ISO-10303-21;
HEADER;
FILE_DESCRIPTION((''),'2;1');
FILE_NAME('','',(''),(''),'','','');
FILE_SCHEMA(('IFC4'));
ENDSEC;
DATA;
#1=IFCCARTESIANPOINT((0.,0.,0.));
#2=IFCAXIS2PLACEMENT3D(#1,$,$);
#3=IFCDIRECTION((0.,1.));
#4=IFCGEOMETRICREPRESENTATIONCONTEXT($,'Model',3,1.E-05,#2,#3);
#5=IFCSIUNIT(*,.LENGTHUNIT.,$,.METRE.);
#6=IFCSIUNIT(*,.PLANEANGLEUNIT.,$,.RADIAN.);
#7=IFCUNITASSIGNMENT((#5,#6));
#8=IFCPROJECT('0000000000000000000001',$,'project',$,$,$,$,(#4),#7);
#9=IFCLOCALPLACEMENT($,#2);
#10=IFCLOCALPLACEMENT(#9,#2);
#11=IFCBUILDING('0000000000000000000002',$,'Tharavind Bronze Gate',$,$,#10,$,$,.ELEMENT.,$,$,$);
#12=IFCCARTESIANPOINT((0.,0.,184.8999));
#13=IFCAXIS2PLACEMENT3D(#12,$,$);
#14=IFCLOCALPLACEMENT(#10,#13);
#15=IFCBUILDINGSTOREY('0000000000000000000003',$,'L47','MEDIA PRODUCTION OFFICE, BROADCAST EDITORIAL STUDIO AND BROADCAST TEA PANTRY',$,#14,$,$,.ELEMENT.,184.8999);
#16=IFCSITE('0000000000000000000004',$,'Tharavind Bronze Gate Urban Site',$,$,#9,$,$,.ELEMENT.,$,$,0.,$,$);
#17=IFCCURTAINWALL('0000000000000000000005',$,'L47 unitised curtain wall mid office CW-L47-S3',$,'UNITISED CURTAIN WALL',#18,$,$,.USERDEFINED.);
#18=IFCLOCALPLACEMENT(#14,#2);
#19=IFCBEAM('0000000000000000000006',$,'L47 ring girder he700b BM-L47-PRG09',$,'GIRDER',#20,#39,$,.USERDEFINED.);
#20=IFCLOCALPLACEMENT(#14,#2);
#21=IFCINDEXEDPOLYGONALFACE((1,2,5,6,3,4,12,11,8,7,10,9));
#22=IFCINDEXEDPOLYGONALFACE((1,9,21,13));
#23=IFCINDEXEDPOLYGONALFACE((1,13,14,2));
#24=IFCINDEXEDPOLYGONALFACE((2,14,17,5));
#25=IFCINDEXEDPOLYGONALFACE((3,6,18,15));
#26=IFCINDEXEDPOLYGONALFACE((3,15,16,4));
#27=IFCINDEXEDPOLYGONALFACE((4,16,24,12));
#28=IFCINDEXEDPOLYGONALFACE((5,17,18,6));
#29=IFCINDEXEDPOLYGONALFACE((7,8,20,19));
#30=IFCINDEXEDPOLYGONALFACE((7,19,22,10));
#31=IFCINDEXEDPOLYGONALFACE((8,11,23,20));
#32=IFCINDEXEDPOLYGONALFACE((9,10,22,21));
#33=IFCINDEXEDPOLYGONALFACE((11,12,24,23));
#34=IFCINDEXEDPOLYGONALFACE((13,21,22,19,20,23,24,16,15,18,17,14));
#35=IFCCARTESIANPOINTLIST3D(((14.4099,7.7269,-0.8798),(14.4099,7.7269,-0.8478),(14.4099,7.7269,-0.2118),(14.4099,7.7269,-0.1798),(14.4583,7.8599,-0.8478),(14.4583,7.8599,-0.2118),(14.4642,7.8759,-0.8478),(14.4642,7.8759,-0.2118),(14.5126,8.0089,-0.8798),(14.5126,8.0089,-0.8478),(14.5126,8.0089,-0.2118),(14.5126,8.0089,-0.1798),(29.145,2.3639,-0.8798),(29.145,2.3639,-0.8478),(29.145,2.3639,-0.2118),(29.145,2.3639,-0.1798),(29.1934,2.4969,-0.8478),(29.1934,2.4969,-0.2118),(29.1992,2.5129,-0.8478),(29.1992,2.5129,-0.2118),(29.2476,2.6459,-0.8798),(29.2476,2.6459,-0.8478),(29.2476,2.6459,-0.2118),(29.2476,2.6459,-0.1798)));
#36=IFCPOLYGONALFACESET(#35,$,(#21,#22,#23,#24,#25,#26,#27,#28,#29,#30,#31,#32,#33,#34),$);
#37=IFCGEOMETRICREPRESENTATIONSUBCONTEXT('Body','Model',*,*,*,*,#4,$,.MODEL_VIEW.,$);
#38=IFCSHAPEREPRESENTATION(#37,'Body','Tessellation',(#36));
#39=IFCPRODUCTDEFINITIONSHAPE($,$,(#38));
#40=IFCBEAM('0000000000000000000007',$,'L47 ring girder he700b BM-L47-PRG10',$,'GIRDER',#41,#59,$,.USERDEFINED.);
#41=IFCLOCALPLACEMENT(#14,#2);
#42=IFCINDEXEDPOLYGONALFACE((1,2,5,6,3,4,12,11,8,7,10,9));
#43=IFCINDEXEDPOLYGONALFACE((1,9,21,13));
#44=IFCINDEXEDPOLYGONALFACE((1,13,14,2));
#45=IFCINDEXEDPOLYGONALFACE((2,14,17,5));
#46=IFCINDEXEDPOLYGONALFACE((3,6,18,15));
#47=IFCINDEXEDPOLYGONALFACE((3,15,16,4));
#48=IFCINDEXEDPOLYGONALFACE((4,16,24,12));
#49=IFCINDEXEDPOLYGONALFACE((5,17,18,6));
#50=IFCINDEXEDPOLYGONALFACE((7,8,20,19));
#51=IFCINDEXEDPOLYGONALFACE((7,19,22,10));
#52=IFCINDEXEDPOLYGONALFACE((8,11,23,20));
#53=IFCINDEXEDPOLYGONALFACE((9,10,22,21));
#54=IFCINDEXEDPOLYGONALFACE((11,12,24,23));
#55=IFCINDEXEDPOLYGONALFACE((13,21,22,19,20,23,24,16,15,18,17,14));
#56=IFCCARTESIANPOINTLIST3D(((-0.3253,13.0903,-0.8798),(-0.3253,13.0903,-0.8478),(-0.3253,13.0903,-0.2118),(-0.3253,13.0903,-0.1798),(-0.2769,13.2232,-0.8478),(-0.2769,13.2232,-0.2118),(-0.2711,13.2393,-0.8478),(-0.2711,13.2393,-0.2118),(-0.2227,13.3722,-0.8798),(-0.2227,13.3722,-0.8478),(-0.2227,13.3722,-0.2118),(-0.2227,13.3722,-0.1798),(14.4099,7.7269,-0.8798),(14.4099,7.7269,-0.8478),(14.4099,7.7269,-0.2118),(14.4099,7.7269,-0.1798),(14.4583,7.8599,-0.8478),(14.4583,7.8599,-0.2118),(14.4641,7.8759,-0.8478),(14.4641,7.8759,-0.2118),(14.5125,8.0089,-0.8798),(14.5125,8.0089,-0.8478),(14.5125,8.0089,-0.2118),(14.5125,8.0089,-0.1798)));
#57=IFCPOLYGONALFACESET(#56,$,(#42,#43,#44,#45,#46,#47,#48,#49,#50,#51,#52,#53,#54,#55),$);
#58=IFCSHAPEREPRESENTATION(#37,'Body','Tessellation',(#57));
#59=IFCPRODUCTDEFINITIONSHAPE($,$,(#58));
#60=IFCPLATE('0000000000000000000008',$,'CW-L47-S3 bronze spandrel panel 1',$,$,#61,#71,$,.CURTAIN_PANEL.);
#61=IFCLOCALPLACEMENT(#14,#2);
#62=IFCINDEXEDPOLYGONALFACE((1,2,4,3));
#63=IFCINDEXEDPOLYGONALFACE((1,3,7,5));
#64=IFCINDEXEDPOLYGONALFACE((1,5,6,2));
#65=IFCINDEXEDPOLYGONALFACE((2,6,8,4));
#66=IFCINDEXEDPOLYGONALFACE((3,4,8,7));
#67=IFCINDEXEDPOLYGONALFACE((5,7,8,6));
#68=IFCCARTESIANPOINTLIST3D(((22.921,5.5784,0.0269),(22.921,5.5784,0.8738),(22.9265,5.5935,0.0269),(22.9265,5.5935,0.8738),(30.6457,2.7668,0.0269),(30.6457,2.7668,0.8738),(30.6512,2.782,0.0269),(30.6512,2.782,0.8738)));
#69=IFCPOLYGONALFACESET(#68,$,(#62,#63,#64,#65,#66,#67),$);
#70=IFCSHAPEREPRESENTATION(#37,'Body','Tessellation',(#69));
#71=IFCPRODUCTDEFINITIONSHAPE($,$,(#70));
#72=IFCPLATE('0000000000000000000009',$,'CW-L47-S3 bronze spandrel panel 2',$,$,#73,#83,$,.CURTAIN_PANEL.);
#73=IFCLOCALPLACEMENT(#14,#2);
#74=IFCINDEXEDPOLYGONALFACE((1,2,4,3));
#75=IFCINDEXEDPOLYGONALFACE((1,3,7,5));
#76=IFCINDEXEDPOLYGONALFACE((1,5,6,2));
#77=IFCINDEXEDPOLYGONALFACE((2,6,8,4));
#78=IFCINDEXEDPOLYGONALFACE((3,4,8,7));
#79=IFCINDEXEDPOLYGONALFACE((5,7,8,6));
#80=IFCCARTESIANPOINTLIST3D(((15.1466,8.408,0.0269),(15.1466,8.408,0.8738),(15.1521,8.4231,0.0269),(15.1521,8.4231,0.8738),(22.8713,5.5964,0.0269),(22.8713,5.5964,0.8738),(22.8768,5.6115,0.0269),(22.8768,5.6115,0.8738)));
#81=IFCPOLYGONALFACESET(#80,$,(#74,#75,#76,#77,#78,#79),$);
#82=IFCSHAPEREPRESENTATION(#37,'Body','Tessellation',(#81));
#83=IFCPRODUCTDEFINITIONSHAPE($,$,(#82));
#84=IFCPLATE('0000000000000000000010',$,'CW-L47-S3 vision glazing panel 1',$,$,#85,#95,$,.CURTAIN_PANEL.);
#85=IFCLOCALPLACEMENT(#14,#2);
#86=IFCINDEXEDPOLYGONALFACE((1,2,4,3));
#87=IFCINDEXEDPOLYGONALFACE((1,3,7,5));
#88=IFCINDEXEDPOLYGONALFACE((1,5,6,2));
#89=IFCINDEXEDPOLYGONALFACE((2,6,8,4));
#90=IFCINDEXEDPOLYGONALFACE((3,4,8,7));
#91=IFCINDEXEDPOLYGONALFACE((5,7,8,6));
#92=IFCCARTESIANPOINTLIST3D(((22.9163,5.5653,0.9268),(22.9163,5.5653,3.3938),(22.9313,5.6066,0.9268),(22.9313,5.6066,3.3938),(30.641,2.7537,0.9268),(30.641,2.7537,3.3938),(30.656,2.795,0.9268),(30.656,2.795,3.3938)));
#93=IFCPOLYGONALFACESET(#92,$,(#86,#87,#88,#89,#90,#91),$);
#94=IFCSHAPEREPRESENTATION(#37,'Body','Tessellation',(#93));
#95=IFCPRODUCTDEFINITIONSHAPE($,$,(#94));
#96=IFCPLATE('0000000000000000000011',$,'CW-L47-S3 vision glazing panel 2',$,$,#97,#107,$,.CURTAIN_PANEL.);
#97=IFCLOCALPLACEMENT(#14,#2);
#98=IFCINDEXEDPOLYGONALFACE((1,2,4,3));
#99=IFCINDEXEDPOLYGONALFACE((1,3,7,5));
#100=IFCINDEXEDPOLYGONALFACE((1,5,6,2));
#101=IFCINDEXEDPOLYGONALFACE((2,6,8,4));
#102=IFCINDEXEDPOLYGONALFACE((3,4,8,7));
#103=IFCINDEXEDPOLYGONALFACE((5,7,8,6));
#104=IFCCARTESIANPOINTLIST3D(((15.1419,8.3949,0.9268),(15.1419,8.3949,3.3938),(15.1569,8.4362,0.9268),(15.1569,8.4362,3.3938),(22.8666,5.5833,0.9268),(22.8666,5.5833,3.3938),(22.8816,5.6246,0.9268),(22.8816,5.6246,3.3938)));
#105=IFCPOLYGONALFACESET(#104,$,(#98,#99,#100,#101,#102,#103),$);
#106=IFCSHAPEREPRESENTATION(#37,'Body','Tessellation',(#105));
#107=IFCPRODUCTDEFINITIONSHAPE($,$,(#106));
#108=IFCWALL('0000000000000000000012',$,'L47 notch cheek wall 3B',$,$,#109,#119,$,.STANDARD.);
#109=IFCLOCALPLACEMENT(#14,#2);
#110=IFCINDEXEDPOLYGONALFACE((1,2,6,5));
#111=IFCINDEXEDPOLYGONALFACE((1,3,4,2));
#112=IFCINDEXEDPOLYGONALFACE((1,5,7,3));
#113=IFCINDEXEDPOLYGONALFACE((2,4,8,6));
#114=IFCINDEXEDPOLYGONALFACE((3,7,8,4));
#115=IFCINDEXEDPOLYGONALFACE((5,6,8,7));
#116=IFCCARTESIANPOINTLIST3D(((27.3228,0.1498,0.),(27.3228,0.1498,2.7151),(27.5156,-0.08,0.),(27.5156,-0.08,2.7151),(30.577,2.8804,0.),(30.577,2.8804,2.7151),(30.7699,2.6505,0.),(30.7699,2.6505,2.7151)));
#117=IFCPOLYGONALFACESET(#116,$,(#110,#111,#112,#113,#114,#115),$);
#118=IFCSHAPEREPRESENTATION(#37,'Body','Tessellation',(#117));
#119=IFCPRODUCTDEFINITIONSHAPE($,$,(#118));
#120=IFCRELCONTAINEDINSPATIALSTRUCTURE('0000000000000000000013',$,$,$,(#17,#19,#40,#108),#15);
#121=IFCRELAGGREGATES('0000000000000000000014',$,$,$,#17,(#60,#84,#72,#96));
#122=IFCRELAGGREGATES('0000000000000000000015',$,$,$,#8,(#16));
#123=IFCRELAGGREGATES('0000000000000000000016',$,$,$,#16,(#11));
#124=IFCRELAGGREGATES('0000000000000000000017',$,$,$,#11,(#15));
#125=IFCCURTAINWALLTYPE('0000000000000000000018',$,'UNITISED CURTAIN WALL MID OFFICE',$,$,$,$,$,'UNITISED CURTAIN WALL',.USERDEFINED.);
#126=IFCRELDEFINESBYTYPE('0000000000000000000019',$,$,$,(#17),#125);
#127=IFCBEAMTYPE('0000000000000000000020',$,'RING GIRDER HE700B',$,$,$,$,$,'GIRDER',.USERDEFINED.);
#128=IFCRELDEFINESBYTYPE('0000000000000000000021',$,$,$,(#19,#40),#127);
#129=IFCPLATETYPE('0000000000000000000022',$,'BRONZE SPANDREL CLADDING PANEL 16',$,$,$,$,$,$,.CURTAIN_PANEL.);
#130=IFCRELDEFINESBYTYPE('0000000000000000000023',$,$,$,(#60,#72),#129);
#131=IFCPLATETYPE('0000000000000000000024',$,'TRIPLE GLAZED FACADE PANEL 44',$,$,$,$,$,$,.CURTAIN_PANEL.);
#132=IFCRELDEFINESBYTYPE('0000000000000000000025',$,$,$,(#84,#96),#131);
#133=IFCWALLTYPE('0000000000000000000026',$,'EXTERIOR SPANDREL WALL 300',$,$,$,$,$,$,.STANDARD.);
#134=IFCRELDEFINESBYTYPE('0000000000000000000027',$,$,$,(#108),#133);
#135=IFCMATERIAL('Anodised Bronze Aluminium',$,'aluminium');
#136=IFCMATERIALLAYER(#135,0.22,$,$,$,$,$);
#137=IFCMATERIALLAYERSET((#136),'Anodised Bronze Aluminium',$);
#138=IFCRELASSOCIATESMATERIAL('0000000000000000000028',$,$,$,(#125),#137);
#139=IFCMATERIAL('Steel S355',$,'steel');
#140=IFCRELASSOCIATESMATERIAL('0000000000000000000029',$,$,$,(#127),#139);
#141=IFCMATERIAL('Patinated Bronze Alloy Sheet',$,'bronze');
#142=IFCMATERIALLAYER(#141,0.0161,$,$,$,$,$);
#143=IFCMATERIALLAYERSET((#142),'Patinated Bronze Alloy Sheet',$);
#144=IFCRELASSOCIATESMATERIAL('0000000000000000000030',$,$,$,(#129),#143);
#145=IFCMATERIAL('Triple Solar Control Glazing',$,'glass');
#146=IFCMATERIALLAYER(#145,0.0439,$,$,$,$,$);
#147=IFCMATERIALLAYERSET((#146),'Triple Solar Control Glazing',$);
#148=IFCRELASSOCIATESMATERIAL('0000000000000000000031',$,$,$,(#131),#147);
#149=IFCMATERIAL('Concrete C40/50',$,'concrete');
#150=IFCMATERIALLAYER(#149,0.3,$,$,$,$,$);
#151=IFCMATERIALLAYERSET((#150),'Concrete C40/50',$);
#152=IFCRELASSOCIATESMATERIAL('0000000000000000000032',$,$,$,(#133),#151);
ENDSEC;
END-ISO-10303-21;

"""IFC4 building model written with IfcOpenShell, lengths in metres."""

from ifc_helpers import new_model, si_unit, direction, frame, frame_2d, origin, origin_2d, place, context, subcontext, project, spatial, rectangle, i_section, extrude, material, layer, layer_set, material_profile, profile_set, type_object, element, aggregate, save


model = new_model("IFC4")

# Units and contexts
model_context = context("Model", 3, precision=1e-05, world=origin(), true_north=direction((0.0, 1.0)))
body_context = subcontext(model_context, "Body", "Model", "MODEL_VIEW")
ifc_project = project(units=[si_unit("LENGTHUNIT", "METRE"), si_unit("PLANEANGLEUNIT", "RADIAN")], contexts=[model_context])

# Site, building, storey
site_placement = place(None, origin())
site = spatial("IfcSite", under=ifc_project, at=site_placement, Name="Tharavind Bronze Gate Urban Site", CompositionType="ELEMENT", RefElevation=0.0)
building_placement = place(site_placement, origin())
building = spatial("IfcBuilding", under=site, at=building_placement, Name="Tharavind Bronze Gate", CompositionType="ELEMENT")
storey_placement = place(building_placement, frame((0.0, 0.0, 184.8999)))
storey = spatial("IfcBuildingStorey", under=building, at=storey_placement, Name="L47", Description="MEDIA PRODUCTION OFFICE, BROADCAST EDITORIAL STUDIO AND BROADCAST TEA PANTRY", CompositionType="ELEMENT", Elevation=184.8999)

# Curtain wall
ifc_material_1 = material(Name="Anodised Bronze Aluminium", Category="aluminium")
ifc_layer_1 = layer(ifc_material_1, 0.22)
ifc_layer_set_1 = layer_set([ifc_layer_1], Name="Anodised Bronze Aluminium")
curtain_wall_type = type_object("IfcCurtainWallType", Name="UNITISED CURTAIN WALL MID OFFICE", ElementType="UNITISED CURTAIN WALL", PredefinedType="USERDEFINED", material=ifc_layer_set_1)
curtain_wall_placement = place(storey_placement, origin())
curtain_wall = element("IfcCurtainWall", 1, at=curtain_wall_placement, inside=storey, type_object=curtain_wall_type, Name="L47 unitised curtain wall mid office CW-L47-S3", ObjectType="UNITISED CURTAIN WALL", PredefinedType="USERDEFINED")

# Beams
ifc_material_2 = material(Name="Steel S355", Category="steel")
ifc_material_profile_1 = material_profile(ifc_material_2, i_section(OverallWidth=0.3, OverallDepth=0.7, WebThickness=0.0171, FlangeThickness=0.032, at=origin_2d()), Name="HE700B")
ifc_profile_set_1 = profile_set([ifc_material_profile_1], Name="Steel S355")
beam_type_1 = type_object("IfcBeamType", Name="RING GIRDER HE700B", ElementType="GIRDER", PredefinedType="USERDEFINED", material=ifc_profile_set_1)
beam_1_placement = place(storey_placement, frame((29.1963, 2.5049, -0.5298), z_axis=(-0.939695, 0.342014, 0.0), x_axis=(-0.342014, -0.939695, 0.0)))
element("IfcBeam", 2, at=beam_1_placement, inside=storey, type_object=beam_type_1, Name="L47 ring girder he700b BM-L47-PRG09", ObjectType="GIRDER", PredefinedType="USERDEFINED", context=body_context, shape_type="SweptSolid", body=[
    extrude(i_section(OverallWidth=0.3, OverallDepth=0.7, WebThickness=0.0171, FlangeThickness=0.032, at=origin_2d()), origin(), (0.0, 0.0, 1.0), 15.6807),
])
beam_2_placement = place(storey_placement, frame((14.4612, 7.8679, -0.5298), z_axis=(-0.93969, 0.342028, 0.0), x_axis=(-0.342028, -0.93969, 0.0)))
element("IfcBeam", 3, at=beam_2_placement, inside=storey, type_object=beam_type_1, Name="L47 ring girder he700b BM-L47-PRG10", ObjectType="GIRDER", PredefinedType="USERDEFINED", context=body_context, shape_type="SweptSolid", body=[
    extrude(i_section(OverallWidth=0.3, OverallDepth=0.7, WebThickness=0.0171, FlangeThickness=0.032, at=origin_2d()), origin(), (0.0, 0.0, 1.0), 15.6809),
])

# Plates
ifc_material_3 = material(Name="Patinated Bronze Alloy Sheet", Category="bronze")
ifc_layer_2 = layer(ifc_material_3, 0.0161)
ifc_layer_set_2 = layer_set([ifc_layer_2], Name="Patinated Bronze Alloy Sheet")
plate_type_1 = type_object("IfcPlateType", Name="BRONZE SPANDREL CLADDING PANEL 16", PredefinedType="CURTAIN_PANEL", material=ifc_layer_set_2)
plate_1_placement = place(storey_placement, frame((26.7861, 4.1802, 0.0269), z_axis=(0.0, 0.0, 1.0), x_axis=(-0.939692, 0.342022, 0.0)))
plate_1 = element("IfcPlate", 4, at=plate_1_placement, type_object=plate_type_1, Name="CW-L47-S3 bronze spandrel panel 1", PredefinedType="CURTAIN_PANEL", context=body_context, shape_type="SweptSolid", body=[
    extrude(rectangle(XDim=8.2205, YDim=0.0161, at=origin_2d()), origin(), (0.0, 0.0, 1.0), 0.8469),
])
plate_2_placement = place(storey_placement, frame((19.0117, 7.0098, 0.0269), z_axis=(0.0, 0.0, 1.0), x_axis=(-0.939692, 0.342022, 0.0)))
plate_2 = element("IfcPlate", 5, at=plate_2_placement, type_object=plate_type_1, Name="CW-L47-S3 bronze spandrel panel 2", PredefinedType="CURTAIN_PANEL", context=body_context, shape_type="SweptSolid", body=[
    extrude(rectangle(XDim=8.2205, YDim=0.0161, at=origin_2d()), origin(), (0.0, 0.0, 1.0), 0.8469),
])
ifc_material_4 = material(Name="Triple Solar Control Glazing", Category="glass")
ifc_layer_3 = layer(ifc_material_4, 0.0439)
ifc_layer_set_3 = layer_set([ifc_layer_3], Name="Triple Solar Control Glazing")
plate_type_2 = type_object("IfcPlateType", Name="TRIPLE GLAZED FACADE PANEL 44", PredefinedType="CURTAIN_PANEL", material=ifc_layer_set_3)
plate_3_placement = place(storey_placement, frame((26.7861, 4.1802, 0.9268), z_axis=(0.0, 0.0, 1.0), x_axis=(-0.939692, 0.342022, 0.0)))
plate_3 = element("IfcPlate", 6, at=plate_3_placement, type_object=plate_type_2, Name="CW-L47-S3 vision glazing panel 1", PredefinedType="CURTAIN_PANEL", context=body_context, shape_type="SweptSolid", body=[
    extrude(rectangle(XDim=8.2205, YDim=0.0439, at=origin_2d()), origin(), (0.0, 0.0, 1.0), 2.467),
])
plate_4_placement = place(storey_placement, frame((19.0117, 7.0098, 0.9268), z_axis=(0.0, 0.0, 1.0), x_axis=(-0.939692, 0.342022, 0.0)))
plate_4 = element("IfcPlate", 7, at=plate_4_placement, type_object=plate_type_2, Name="CW-L47-S3 vision glazing panel 2", PredefinedType="CURTAIN_PANEL", context=body_context, shape_type="SweptSolid", body=[
    extrude(rectangle(XDim=8.2205, YDim=0.0439, at=origin_2d()), origin(), (0.0, 0.0, 1.0), 2.467),
])
aggregate(curtain_wall, [plate_1, plate_3, plate_2, plate_4])

# Wall
ifc_material_5 = material(Name="Concrete C40/50", Category="concrete")
ifc_layer_4 = layer(ifc_material_5, 0.3)
ifc_layer_set_4 = layer_set([ifc_layer_4], Name="Concrete C40/50")
wall_type = type_object("IfcWallType", Name="EXTERIOR SPANDREL WALL 300", PredefinedType="STANDARD", material=ifc_layer_set_4)
wall_placement = place(storey_placement, frame((27.4192, 0.0349, 0.0), z_axis=(0.0, 0.0, 1.0), x_axis=(0.766055, 0.642776, 0.0)))
element("IfcWall", 8, at=wall_placement, inside=storey, type_object=wall_type, Name="L47 notch cheek wall 3B", PredefinedType="STANDARD", context=body_context, shape_type="SweptSolid", body=[
    extrude(rectangle(XDim=4.248, YDim=0.3, at=frame_2d((2.124, 0.0))), origin(), (0.0, 0.0, 1.0), 2.7151),
])

save(model, "model.ifc")
